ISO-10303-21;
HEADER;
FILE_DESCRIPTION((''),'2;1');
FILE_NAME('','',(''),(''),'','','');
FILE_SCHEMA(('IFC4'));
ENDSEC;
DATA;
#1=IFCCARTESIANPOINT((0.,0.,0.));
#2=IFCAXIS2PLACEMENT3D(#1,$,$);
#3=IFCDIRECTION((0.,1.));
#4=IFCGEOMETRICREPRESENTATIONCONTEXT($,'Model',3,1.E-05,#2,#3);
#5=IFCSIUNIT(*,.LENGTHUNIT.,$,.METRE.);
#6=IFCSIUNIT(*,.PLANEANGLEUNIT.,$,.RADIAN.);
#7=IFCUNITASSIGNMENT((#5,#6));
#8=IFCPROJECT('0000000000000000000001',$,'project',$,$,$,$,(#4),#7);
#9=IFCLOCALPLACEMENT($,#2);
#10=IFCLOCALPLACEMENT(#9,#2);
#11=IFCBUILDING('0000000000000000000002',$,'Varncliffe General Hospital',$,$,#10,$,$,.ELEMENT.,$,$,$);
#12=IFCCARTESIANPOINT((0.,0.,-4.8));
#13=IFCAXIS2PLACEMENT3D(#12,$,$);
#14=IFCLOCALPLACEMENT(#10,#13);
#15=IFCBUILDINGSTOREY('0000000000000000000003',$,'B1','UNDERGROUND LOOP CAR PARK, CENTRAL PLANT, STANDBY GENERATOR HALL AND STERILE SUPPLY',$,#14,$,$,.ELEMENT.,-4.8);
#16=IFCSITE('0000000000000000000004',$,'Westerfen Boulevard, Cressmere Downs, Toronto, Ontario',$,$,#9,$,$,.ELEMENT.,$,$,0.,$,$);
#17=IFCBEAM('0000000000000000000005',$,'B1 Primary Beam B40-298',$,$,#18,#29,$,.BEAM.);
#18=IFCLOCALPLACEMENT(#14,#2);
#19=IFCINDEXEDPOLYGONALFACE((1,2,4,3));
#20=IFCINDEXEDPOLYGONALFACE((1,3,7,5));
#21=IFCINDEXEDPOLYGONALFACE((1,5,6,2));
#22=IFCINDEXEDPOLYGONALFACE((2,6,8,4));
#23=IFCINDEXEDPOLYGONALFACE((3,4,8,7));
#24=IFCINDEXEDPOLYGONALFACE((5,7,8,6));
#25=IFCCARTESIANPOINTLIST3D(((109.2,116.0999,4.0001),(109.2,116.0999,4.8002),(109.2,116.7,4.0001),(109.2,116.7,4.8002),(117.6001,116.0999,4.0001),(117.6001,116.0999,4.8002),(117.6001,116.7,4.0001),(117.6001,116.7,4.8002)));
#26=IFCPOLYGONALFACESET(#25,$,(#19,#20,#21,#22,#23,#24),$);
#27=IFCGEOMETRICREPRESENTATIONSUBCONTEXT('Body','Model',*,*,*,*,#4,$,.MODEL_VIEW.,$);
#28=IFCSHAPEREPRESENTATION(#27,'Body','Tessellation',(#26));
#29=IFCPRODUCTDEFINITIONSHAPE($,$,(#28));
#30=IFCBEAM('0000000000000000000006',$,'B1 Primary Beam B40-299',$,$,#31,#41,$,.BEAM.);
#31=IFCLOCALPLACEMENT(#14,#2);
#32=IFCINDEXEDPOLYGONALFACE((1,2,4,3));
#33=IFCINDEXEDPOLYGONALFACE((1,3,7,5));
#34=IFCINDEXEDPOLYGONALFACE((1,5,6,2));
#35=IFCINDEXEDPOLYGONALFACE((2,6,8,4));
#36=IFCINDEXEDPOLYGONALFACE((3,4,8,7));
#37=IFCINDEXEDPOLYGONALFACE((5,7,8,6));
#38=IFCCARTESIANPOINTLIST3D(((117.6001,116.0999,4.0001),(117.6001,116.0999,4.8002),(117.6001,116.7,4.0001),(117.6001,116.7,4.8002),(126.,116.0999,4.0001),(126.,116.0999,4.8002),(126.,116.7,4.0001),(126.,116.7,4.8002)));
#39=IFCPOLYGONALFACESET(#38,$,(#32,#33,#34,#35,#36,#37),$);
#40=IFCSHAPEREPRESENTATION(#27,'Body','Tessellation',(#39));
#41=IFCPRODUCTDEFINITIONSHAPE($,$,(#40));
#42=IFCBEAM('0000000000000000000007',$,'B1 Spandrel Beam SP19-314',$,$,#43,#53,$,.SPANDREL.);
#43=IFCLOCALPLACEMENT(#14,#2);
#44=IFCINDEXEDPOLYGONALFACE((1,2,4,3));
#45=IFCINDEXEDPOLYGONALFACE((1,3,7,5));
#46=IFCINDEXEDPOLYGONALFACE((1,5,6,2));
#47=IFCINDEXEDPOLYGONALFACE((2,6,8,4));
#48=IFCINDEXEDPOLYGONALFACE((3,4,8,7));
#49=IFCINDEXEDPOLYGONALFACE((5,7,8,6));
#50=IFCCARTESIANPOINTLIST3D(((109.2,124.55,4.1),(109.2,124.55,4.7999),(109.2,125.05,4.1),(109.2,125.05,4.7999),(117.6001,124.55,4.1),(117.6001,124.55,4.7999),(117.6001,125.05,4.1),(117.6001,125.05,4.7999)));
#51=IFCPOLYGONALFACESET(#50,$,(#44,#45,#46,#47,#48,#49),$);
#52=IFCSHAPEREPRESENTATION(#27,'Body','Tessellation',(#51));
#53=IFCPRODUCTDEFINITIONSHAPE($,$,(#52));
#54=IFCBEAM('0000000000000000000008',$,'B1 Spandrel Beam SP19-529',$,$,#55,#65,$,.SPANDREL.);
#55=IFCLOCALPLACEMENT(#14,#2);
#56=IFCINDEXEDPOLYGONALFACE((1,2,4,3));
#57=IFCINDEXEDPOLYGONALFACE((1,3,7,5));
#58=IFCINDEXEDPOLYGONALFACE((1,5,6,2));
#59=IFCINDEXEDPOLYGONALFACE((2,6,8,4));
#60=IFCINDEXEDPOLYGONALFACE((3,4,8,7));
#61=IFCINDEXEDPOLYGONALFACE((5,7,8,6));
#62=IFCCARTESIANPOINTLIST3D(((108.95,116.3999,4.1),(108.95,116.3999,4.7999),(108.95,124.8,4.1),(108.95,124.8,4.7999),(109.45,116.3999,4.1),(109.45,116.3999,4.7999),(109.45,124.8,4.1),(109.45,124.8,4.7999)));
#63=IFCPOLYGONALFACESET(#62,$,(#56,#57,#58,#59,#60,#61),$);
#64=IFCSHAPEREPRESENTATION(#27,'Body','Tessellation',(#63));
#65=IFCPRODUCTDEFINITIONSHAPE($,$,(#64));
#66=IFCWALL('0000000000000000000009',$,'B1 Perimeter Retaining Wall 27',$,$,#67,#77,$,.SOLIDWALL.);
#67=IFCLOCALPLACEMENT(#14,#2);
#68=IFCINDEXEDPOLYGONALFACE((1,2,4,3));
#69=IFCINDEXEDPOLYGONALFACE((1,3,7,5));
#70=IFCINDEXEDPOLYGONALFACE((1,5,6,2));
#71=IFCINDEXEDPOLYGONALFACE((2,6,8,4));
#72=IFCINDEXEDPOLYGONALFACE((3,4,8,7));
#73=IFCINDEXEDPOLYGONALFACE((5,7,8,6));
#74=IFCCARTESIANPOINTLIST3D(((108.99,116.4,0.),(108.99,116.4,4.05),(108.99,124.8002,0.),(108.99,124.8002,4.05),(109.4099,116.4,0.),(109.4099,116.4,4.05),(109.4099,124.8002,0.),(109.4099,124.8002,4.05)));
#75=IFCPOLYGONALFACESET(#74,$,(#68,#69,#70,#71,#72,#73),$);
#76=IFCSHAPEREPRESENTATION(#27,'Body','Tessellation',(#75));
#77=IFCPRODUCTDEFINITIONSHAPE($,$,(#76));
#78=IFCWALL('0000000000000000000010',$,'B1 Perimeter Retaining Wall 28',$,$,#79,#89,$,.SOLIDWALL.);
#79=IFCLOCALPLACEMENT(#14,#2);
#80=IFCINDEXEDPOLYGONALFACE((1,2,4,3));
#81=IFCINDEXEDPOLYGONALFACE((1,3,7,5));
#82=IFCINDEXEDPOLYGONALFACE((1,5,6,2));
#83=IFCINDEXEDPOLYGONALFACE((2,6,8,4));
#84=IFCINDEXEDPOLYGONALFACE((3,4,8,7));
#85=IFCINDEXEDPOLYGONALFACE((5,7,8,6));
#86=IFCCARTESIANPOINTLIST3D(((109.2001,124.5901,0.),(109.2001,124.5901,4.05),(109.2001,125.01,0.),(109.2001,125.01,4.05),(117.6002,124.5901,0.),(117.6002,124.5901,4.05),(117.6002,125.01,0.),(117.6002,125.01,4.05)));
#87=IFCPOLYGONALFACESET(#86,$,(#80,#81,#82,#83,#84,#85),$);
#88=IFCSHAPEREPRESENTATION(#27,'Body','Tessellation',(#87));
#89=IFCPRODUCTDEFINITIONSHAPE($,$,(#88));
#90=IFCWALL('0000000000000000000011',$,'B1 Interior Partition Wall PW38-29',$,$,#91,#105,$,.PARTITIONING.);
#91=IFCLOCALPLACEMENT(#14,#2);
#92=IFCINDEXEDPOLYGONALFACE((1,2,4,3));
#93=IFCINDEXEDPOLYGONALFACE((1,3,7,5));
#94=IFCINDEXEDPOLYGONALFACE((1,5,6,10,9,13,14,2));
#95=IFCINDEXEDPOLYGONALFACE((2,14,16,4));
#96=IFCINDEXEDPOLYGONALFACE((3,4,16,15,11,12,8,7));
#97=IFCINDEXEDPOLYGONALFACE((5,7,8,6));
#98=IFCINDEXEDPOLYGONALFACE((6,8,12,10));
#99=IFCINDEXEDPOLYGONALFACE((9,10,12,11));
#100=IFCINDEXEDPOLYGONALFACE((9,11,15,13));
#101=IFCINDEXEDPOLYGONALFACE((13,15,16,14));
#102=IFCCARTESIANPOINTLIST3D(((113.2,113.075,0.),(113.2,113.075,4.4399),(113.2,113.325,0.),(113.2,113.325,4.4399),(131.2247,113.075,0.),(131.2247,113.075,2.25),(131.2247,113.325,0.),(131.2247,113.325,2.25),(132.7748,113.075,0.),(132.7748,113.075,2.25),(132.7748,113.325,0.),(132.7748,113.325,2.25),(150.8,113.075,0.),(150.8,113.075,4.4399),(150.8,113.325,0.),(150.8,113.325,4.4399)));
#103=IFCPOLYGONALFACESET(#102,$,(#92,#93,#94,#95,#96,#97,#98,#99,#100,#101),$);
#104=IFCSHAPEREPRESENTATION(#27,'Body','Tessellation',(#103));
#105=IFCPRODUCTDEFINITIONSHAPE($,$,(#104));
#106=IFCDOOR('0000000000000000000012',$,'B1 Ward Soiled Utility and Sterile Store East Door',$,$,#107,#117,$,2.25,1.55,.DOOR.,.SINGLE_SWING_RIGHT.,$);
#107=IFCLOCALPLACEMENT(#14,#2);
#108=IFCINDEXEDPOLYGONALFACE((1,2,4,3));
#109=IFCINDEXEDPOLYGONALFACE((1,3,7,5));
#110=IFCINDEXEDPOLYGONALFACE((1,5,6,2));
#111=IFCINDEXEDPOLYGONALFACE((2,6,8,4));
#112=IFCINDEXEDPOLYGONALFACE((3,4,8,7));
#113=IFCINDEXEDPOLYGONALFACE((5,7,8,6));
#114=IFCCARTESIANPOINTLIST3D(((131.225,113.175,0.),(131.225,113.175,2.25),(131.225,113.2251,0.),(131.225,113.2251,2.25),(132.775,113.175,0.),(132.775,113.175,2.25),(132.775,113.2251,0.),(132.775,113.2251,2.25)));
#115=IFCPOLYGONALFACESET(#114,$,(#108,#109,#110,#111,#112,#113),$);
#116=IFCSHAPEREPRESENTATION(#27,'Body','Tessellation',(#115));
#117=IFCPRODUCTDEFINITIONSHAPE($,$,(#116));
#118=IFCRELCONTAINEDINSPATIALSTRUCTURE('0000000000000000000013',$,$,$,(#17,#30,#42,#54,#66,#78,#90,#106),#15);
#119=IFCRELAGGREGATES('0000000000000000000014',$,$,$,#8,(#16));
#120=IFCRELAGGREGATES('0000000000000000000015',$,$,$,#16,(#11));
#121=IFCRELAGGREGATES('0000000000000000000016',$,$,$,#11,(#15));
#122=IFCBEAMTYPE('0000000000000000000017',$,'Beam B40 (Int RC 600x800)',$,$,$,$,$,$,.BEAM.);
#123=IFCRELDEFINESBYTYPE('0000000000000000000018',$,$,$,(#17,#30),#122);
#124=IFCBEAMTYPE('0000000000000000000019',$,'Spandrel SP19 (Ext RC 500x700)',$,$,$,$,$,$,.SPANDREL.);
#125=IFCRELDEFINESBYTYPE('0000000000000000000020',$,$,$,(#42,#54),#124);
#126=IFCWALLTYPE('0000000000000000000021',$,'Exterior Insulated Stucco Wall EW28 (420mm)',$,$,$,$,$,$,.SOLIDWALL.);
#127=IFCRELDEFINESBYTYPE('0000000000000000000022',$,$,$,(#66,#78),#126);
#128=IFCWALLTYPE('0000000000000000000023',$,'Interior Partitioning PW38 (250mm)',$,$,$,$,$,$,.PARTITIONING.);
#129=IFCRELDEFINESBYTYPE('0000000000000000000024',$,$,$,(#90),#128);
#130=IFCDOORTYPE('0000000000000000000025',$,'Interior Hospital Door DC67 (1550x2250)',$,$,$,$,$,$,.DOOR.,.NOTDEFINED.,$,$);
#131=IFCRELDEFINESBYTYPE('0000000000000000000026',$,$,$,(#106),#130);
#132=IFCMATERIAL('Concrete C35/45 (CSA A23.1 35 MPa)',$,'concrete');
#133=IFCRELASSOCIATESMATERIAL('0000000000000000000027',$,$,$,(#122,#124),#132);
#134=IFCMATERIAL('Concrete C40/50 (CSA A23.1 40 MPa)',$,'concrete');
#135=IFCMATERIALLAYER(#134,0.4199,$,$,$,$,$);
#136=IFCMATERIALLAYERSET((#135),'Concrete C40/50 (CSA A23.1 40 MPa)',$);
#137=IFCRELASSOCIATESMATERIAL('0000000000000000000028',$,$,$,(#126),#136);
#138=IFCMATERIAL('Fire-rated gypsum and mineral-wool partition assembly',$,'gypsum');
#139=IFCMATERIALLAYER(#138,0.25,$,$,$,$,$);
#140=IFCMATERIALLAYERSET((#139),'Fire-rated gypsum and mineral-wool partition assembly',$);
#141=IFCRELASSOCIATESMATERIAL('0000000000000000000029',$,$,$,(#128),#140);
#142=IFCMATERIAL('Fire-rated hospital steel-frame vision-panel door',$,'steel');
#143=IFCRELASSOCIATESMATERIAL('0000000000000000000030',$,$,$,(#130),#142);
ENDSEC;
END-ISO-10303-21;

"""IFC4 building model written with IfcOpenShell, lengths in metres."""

from ifc_helpers import new_model, si_unit, direction, frame, frame_2d, origin, origin_2d, place, context, subcontext, project, spatial, rectangle, extrude, material, layer, layer_set, material_profile, profile_set, type_object, element, fill, save


model = new_model("IFC4")

# Units and contexts
model_context = context("Model", 3, precision=1e-05, world=origin(), true_north=direction((0.0, 1.0)))
body_context = subcontext(model_context, "Body", "Model", "MODEL_VIEW")
ifc_project = project(units=[si_unit("LENGTHUNIT", "METRE"), si_unit("PLANEANGLEUNIT", "RADIAN")], contexts=[model_context])

# Site, building, storey
site_placement = place(None, origin())
site = spatial("IfcSite", under=ifc_project, at=site_placement, Name="Westerfen Boulevard, Cressmere Downs, Toronto, Ontario", CompositionType="ELEMENT", RefElevation=0.0)
building_placement = place(site_placement, origin())
building = spatial("IfcBuilding", under=site, at=building_placement, Name="Varncliffe General Hospital", CompositionType="ELEMENT")
storey_placement = place(building_placement, frame((0.0, 0.0, -4.8)))
storey = spatial("IfcBuildingStorey", under=building, at=storey_placement, Name="B1", Description="UNDERGROUND LOOP CAR PARK, CENTRAL PLANT, STANDBY GENERATOR HALL AND STERILE SUPPLY", CompositionType="ELEMENT", Elevation=-4.8)

# Shared definitions
ifc_material_1 = material(Name="Concrete C40/50 (CSA A23.1 40 MPa)", Category="concrete")

# Beams
ifc_material_2 = material(Name="Concrete C35/45 (CSA A23.1 35 MPa)", Category="concrete")
ifc_material_profile_1 = material_profile(ifc_material_2, rectangle(XDim=0.6001, YDim=0.8, at=origin_2d()), Name="RC 600x800")
ifc_profile_set_1 = profile_set([ifc_material_profile_1], Name="Concrete C35/45 (CSA A23.1 35 MPa)")
beam_type_1 = type_object("IfcBeamType", Name="Beam B40 (Int RC 600x800)", PredefinedType="BEAM", material=ifc_profile_set_1)
beam_1_placement = place(storey_placement, frame((109.2, 116.3999, 4.4001), z_axis=(1.0, 0.0, 0.0), x_axis=(0.0, 1.0, 0.0)))
element("IfcBeam", 1, at=beam_1_placement, inside=storey, type_object=beam_type_1, Name="B1 Primary Beam B40-298", PredefinedType="BEAM", context=body_context, shape_type="SweptSolid", body=[
    extrude(rectangle(XDim=0.6001, YDim=0.8, at=origin_2d()), origin(), (0.0, 0.0, 1.0), 8.4001),
])
beam_2_placement = place(storey_placement, frame((117.6001, 116.3999, 4.4001), z_axis=(1.0, 0.0, 0.0), x_axis=(0.0, 1.0, 0.0)))
element("IfcBeam", 2, at=beam_2_placement, inside=storey, type_object=beam_type_1, Name="B1 Primary Beam B40-299", PredefinedType="BEAM", context=body_context, shape_type="SweptSolid", body=[
    extrude(rectangle(XDim=0.6001, YDim=0.8, at=origin_2d()), origin(), (0.0, 0.0, 1.0), 8.3999),
])
ifc_material_profile_2 = material_profile(ifc_material_2, rectangle(XDim=0.5, YDim=0.7, at=origin_2d()), Name="RC 500x700")
ifc_profile_set_2 = profile_set([ifc_material_profile_2], Name="Concrete C35/45 (CSA A23.1 35 MPa)")
beam_type_2 = type_object("IfcBeamType", Name="Spandrel SP19 (Ext RC 500x700)", PredefinedType="SPANDREL", material=ifc_profile_set_2)
for number, where, z_axis, x_axis, name in (
    (3, (109.2, 124.8, 4.45), (1.0, 0.0, 0.0), (0.0, 1.0, 0.0), "B1 Spandrel Beam SP19-314"),
    (4, (109.2, 116.3999, 4.45), (0.0, 1.0, 0.0), (-1.0, 0.0, 0.0), "B1 Spandrel Beam SP19-529"),
):
    element("IfcBeam", number, at=place(storey_placement, frame(where, z_axis=z_axis, x_axis=x_axis)), inside=storey, type_object=beam_type_2, Name=name, PredefinedType="SPANDREL", context=body_context, shape_type="SweptSolid", body=[
        extrude(rectangle(XDim=0.5, YDim=0.7, at=origin_2d()), origin(), (0.0, 0.0, 1.0), 8.4001),
    ])

# Walls
ifc_layer_1 = layer(ifc_material_1, 0.4199)
ifc_layer_set_1 = layer_set([ifc_layer_1], Name="Concrete C40/50 (CSA A23.1 40 MPa)")
wall_type_1 = type_object("IfcWallType", Name="Exterior Insulated Stucco Wall EW28 (420mm)", PredefinedType="SOLIDWALL", material=ifc_layer_set_1)
for number, where, z_axis, x_axis, name in (
    (5, (109.2, 116.3999, 0.0), (0.0, 0.0, 1.0), (0.0, 1.0, 0.0), "B1 Perimeter Retaining Wall 27"),
    (6, (109.2, 124.8, 0.0), (0.0, 0.0, 1.0), (1.0, 0.0, 0.0), "B1 Perimeter Retaining Wall 28"),
):
    element("IfcWall", number, at=place(storey_placement, frame(where, z_axis=z_axis, x_axis=x_axis)), inside=storey, type_object=wall_type_1, Name=name, PredefinedType="SOLIDWALL", context=body_context, shape_type="SweptSolid", body=[
        extrude(rectangle(XDim=8.4001, YDim=0.4199, at=frame_2d((4.2002, 0.0))), origin(), (0.0, 0.0, 1.0), 4.05),
    ])

# Wall, opening, door
ifc_material_3 = material(Name="Fire-rated gypsum and mineral-wool partition assembly", Category="gypsum")
ifc_layer_2 = layer(ifc_material_3, 0.25)
ifc_layer_set_2 = layer_set([ifc_layer_2], Name="Fire-rated gypsum and mineral-wool partition assembly")
wall_type_2 = type_object("IfcWallType", Name="Interior Partitioning PW38 (250mm)", PredefinedType="PARTITIONING", material=ifc_layer_set_2)
wall_placement = place(storey_placement, frame((113.2, 113.2, 0.0), z_axis=(0.0, 0.0, 1.0), x_axis=(1.0, 0.0, 0.0)))
wall = element("IfcWall", 7, at=wall_placement, inside=storey, type_object=wall_type_2, Name="B1 Interior Partition Wall PW38-29", PredefinedType="PARTITIONING", context=body_context, shape_type="SweptSolid", body=[
    extrude(rectangle(XDim=37.6001, YDim=0.25, at=frame_2d((18.8, 0.0))), origin(), (0.0, 0.0, 1.0), 4.4399),
])
opening_placement = place(wall_placement, frame((18.0249, 0.0, 0.0)))
opening = element("IfcOpeningElement", 8, at=opening_placement, cuts=wall, PredefinedType="OPENING", context=body_context, shape_type="SweptSolid", body=[
    extrude(rectangle(XDim=1.55, YDim=2.25, at=frame_2d((0.7749, 1.125))), frame((0.0, 0.135, 0.0), z_axis=(0.0, -1.0, 0.0), x_axis=(1.0, 0.0, 0.0)), (0.0, 0.0, 1.0), 0.27),
])
ifc_material_4 = material(Name="Fire-rated hospital steel-frame vision-panel door", Category="steel")
door_type = type_object("IfcDoorType", Name="Interior Hospital Door DC67 (1550x2250)", OperationType="NOTDEFINED", PredefinedType="DOOR", material=ifc_material_4)
door_placement = place(opening_placement, frame((1.55, 0.0, 0.0), z_axis=(0.0, 0.0, 1.0), x_axis=(-1.0, 0.0, 0.0)))
door = element("IfcDoor", 9, at=door_placement, inside=storey, type_object=door_type, Name="B1 Ward Soiled Utility and Sterile Store East Door", OperationType="SINGLE_SWING_RIGHT", OverallHeight=2.25, OverallWidth=1.55, PredefinedType="DOOR", context=body_context, shape_type="SweptSolid", body=[
    extrude(rectangle(XDim=1.55, YDim=2.25, at=frame_2d((0.7749, 1.125))), frame((0.0, 0.0249, 0.0), z_axis=(0.0, -1.0, 0.0), x_axis=(1.0, 0.0, 0.0)), (0.0, 0.0, 1.0), 0.05),
])
fill(opening, door)

save(model, "model.ifc")
